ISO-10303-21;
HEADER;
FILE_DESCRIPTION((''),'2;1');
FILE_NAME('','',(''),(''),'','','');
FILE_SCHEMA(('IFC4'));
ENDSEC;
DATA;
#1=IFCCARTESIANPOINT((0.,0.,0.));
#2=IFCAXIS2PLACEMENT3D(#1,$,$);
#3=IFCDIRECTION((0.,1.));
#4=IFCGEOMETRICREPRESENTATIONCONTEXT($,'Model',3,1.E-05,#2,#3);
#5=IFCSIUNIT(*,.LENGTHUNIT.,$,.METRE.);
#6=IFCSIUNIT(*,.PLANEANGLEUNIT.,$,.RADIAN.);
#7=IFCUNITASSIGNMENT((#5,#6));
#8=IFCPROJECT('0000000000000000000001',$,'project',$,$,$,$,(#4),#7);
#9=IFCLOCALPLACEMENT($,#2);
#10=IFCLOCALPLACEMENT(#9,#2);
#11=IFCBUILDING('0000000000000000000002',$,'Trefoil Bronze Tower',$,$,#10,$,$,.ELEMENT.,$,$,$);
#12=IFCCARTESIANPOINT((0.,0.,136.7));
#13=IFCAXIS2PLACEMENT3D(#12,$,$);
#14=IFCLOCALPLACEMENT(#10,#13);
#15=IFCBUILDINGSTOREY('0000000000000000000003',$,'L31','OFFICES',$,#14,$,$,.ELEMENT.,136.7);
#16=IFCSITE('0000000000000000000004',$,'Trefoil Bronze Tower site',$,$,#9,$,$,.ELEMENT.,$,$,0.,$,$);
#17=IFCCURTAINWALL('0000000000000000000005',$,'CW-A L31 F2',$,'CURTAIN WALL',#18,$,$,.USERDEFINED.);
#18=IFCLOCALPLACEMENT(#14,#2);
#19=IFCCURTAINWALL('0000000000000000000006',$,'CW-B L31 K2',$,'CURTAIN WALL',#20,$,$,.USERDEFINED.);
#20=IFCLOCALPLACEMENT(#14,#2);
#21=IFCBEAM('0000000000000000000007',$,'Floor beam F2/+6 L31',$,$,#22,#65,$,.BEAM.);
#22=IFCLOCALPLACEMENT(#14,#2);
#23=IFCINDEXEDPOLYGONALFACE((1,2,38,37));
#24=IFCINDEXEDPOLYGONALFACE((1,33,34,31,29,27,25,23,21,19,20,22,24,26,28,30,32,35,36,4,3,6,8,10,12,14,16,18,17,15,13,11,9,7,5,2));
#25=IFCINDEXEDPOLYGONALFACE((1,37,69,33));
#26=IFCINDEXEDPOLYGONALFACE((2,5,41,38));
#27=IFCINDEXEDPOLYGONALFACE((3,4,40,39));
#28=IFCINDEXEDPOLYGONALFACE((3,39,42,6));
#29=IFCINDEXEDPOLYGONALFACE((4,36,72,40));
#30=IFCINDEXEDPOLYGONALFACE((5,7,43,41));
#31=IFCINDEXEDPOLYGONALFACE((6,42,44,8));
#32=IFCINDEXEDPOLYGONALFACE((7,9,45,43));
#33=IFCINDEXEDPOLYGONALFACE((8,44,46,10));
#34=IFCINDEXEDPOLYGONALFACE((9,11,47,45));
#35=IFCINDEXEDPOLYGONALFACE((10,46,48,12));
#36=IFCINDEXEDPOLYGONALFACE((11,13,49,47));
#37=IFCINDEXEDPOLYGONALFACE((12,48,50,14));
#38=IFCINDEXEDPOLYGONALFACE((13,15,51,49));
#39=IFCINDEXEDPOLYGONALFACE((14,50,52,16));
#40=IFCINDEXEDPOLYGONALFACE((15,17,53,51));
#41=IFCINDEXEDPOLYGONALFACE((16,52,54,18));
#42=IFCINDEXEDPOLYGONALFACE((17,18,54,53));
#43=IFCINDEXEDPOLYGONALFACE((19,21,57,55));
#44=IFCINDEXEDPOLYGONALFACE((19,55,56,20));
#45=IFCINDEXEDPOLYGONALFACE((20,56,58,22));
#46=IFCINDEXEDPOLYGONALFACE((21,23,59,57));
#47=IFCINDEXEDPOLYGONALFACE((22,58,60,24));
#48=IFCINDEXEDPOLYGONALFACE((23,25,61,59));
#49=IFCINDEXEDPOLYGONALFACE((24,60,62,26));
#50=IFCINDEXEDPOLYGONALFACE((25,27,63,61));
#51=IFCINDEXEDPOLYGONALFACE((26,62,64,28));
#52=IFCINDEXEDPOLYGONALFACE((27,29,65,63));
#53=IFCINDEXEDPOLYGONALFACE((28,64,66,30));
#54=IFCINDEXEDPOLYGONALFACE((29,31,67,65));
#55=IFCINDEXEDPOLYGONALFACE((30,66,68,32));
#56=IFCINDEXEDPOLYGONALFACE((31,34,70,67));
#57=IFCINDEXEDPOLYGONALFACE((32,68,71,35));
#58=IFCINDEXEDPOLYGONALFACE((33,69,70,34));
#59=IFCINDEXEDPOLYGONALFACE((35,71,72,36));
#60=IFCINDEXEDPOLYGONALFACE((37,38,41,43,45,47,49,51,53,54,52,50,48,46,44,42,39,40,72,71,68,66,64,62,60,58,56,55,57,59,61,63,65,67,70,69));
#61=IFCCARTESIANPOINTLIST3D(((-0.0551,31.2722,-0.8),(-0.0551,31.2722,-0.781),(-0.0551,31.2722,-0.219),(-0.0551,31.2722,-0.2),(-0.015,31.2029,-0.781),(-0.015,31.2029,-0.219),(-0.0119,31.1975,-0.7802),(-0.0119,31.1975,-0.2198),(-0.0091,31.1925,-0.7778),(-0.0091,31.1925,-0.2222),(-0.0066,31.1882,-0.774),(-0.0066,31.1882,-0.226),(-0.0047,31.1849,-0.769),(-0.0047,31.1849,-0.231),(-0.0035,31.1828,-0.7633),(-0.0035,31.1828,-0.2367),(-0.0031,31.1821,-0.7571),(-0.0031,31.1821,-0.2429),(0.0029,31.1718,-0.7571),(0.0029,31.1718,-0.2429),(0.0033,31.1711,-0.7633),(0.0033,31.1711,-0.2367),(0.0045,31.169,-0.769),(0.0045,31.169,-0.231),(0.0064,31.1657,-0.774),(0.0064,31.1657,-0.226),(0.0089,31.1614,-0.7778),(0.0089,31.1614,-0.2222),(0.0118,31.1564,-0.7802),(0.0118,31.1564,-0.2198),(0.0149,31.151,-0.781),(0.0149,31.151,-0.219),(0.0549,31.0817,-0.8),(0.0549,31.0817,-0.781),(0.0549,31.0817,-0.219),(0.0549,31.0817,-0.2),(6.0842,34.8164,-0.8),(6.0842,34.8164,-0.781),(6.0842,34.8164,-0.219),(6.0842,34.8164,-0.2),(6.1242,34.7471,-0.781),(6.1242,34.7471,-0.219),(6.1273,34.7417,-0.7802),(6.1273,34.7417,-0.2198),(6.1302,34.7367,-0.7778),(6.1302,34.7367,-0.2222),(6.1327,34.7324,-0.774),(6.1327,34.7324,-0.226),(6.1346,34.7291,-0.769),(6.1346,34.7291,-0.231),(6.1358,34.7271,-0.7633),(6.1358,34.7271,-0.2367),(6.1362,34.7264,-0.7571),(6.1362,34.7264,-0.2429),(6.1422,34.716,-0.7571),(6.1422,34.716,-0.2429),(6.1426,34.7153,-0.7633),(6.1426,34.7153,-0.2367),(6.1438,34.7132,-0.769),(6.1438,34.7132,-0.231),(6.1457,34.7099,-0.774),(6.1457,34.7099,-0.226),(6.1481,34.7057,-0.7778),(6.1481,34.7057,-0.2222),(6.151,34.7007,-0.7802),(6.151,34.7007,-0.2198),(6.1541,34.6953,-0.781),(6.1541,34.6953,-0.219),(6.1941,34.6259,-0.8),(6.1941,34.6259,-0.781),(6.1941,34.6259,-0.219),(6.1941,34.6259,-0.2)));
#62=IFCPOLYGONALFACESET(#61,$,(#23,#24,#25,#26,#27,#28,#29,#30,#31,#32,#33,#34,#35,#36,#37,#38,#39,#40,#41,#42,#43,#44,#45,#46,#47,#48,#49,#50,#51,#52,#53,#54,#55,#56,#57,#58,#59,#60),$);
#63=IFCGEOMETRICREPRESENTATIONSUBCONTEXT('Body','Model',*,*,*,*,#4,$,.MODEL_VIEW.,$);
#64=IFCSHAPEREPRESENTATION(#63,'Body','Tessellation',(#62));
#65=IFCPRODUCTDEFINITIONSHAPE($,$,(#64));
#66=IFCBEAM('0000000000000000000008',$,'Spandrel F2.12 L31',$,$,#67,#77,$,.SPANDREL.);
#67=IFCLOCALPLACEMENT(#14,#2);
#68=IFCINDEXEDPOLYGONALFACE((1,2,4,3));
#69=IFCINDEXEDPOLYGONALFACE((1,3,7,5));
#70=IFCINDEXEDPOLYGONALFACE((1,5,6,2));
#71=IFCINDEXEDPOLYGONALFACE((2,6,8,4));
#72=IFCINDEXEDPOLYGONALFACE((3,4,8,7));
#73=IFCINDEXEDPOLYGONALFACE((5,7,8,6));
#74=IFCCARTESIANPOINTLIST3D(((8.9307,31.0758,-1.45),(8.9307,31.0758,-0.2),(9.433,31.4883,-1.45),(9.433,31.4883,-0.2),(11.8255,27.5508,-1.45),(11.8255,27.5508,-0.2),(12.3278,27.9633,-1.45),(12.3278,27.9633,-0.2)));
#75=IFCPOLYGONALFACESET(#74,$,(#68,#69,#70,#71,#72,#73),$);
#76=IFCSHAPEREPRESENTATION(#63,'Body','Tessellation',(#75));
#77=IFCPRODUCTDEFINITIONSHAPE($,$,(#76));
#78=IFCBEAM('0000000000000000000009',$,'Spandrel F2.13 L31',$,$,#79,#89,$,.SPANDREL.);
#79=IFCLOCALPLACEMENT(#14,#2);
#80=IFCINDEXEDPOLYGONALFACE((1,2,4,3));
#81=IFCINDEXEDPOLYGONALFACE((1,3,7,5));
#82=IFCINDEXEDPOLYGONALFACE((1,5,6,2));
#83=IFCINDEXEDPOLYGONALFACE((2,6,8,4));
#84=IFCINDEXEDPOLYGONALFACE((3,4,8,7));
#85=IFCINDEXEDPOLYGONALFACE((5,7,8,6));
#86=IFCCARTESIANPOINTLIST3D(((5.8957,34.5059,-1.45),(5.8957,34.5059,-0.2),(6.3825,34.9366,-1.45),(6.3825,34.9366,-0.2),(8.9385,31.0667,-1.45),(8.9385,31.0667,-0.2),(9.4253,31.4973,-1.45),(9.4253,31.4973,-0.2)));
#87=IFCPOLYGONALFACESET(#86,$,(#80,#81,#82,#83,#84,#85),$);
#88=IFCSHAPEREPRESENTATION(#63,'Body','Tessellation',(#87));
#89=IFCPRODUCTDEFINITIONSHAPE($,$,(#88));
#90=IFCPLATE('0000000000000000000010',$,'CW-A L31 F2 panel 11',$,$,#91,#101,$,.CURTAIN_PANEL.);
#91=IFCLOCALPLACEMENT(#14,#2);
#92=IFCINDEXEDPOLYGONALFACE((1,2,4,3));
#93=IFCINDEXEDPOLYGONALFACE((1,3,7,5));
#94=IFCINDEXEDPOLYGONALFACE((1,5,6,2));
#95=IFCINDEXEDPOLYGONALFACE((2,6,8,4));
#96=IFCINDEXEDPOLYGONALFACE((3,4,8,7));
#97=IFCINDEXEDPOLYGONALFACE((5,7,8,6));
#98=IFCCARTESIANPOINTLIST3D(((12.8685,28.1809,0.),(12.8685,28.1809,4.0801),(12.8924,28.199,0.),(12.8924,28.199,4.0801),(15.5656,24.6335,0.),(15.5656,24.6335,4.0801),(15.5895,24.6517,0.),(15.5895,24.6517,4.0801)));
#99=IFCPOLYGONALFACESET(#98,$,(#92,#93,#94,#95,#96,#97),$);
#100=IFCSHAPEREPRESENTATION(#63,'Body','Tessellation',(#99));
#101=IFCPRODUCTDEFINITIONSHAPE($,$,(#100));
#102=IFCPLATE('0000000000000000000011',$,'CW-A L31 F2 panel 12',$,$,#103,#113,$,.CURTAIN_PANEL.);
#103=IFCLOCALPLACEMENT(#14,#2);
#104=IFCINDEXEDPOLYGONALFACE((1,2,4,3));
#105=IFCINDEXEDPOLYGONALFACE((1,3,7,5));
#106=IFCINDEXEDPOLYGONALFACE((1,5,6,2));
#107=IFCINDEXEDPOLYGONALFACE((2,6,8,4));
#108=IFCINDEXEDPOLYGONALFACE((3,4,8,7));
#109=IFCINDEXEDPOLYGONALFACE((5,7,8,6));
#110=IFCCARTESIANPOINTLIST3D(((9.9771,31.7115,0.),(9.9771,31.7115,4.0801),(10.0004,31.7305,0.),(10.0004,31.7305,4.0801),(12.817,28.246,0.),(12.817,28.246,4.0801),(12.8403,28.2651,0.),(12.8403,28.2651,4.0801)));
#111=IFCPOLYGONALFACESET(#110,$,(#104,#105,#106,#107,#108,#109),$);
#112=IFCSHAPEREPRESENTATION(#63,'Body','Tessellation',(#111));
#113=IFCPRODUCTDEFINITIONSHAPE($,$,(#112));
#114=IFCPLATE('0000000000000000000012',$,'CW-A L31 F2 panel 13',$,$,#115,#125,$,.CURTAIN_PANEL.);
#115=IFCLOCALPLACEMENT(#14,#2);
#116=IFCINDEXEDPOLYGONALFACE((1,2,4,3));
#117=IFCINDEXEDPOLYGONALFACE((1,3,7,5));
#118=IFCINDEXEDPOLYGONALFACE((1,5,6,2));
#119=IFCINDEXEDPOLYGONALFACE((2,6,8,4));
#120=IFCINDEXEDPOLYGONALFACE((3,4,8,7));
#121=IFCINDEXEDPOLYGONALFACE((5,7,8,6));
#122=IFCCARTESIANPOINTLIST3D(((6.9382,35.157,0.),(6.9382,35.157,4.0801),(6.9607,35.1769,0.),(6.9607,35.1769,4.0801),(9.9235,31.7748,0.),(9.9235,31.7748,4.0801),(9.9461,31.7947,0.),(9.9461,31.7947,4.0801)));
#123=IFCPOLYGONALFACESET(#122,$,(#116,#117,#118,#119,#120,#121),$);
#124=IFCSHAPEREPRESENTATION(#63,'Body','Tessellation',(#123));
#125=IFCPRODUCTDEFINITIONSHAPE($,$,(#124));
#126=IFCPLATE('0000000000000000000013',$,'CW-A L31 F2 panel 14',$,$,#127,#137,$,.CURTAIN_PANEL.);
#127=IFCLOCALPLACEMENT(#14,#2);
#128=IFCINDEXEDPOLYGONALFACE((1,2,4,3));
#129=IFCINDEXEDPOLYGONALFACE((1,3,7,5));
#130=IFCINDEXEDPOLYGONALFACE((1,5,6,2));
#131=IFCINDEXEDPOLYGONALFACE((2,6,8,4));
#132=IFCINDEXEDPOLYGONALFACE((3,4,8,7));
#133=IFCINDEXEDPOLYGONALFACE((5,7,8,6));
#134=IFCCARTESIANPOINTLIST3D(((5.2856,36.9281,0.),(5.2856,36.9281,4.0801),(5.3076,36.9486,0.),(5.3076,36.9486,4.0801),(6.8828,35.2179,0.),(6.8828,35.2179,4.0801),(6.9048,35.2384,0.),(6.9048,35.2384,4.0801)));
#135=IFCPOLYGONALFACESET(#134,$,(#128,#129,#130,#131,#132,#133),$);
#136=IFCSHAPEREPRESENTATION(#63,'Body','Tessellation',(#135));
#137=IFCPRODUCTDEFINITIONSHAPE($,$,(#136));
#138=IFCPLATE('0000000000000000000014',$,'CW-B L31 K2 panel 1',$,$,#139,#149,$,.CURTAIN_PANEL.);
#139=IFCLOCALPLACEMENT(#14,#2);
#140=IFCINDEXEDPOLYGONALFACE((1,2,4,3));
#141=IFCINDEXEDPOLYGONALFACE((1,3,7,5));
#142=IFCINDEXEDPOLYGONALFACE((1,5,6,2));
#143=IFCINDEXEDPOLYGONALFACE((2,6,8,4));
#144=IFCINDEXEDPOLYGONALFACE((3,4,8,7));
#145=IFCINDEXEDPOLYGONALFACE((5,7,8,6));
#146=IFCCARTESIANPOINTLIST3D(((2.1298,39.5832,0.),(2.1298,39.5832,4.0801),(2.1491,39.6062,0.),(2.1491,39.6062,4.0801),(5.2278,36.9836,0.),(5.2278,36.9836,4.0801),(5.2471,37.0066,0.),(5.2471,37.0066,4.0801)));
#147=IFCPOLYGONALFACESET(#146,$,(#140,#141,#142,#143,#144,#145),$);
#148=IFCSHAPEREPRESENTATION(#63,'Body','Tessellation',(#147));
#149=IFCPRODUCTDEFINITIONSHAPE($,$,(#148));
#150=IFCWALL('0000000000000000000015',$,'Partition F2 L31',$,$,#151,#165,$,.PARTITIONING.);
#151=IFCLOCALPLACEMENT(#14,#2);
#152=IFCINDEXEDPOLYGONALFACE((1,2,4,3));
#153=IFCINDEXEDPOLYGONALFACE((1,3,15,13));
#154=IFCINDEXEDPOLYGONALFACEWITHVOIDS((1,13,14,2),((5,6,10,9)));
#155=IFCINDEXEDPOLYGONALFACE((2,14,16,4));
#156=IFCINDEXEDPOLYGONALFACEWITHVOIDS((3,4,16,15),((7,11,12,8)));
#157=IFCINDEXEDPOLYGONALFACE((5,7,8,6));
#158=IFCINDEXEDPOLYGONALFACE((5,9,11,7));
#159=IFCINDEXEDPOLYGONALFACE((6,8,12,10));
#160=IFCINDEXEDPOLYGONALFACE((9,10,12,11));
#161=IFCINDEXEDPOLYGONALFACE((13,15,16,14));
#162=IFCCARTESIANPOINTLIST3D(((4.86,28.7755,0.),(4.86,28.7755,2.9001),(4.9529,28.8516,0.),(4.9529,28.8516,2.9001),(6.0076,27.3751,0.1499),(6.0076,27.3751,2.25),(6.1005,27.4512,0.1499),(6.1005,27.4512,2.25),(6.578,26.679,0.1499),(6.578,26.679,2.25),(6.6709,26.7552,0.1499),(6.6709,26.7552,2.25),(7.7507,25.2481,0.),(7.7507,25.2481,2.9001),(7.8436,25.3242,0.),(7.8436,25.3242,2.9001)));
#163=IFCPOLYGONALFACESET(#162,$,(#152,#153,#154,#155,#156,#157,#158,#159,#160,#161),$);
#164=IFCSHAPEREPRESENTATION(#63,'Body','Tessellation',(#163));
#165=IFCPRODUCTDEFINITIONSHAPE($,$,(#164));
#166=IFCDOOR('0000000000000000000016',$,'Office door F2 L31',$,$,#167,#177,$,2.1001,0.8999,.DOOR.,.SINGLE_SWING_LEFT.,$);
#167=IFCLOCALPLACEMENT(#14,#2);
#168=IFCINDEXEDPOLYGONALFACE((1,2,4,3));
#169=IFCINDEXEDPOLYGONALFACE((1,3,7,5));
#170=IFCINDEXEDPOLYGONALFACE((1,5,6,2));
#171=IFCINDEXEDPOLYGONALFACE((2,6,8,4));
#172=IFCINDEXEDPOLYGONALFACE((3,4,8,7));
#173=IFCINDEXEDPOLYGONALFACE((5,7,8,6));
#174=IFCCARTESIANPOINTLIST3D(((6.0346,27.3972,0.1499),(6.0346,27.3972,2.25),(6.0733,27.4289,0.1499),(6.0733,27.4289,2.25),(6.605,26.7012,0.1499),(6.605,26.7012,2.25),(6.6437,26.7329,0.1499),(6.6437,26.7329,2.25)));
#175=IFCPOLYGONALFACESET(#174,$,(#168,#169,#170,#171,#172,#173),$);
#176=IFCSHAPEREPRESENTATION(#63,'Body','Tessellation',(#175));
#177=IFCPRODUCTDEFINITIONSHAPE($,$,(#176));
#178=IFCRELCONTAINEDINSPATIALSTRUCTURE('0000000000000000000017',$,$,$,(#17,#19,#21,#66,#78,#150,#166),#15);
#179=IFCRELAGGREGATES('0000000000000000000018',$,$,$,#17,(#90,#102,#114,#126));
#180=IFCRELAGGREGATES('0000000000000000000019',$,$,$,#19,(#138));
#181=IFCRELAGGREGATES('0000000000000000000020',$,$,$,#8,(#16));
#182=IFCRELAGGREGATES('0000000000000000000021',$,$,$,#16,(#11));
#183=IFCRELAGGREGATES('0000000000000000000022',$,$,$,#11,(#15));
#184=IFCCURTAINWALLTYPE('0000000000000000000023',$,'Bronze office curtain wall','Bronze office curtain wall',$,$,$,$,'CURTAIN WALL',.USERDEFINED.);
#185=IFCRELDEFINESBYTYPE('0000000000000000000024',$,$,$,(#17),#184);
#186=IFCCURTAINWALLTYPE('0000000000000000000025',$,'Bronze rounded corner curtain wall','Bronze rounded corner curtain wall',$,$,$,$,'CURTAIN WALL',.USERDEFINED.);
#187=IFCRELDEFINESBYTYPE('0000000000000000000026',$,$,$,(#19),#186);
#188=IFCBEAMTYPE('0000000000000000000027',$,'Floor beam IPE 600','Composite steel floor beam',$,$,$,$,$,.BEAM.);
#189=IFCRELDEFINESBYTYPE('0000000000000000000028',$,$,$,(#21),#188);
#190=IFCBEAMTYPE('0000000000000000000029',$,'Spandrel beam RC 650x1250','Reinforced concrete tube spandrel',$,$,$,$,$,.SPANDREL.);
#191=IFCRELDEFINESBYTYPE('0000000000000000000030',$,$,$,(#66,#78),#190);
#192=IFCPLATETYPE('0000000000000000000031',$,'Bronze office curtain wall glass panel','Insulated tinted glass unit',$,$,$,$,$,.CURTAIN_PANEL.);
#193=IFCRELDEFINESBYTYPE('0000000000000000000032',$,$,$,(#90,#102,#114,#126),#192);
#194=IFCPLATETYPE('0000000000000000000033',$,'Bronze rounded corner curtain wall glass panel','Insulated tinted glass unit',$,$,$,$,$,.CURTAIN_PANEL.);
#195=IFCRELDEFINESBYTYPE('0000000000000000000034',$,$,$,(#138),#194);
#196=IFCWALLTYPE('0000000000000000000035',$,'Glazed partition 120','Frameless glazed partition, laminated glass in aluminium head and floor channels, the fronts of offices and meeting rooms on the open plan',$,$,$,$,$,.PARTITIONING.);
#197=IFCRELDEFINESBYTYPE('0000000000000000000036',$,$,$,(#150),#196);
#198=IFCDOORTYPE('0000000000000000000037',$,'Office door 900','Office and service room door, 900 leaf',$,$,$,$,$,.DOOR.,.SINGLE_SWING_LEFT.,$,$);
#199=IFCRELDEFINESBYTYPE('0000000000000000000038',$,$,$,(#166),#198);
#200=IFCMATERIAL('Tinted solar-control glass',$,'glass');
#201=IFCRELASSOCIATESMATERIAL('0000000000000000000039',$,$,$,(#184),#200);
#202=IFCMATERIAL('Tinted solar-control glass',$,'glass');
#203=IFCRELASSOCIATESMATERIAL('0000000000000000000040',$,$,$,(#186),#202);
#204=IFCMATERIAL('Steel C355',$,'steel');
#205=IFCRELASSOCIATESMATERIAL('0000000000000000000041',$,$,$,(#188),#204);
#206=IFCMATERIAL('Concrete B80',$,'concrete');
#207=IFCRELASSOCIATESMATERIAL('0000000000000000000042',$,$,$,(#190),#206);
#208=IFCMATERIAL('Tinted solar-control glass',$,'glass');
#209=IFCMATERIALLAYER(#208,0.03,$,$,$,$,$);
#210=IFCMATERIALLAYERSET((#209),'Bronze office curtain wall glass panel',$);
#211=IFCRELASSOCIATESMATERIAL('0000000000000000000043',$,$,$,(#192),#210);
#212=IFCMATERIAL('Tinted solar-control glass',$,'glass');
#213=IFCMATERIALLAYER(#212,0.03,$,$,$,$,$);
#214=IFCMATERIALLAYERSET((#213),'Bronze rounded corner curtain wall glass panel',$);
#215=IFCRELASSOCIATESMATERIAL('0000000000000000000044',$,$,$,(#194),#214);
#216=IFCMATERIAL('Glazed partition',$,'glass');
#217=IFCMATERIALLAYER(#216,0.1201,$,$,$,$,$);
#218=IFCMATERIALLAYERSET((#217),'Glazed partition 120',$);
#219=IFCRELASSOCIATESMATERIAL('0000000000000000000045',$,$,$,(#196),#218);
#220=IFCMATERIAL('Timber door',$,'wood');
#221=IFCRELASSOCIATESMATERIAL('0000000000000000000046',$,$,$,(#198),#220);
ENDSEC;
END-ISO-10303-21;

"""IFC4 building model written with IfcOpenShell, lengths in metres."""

from ifc_helpers import new_model, si_unit, direction, frame, frame_2d, origin, origin_2d, place, context, subcontext, project, spatial, rectangle, i_section, extrude, material, layer, layer_set, material_profile, profile_set, type_object, element, fill, aggregate, save


model = new_model("IFC4")

# Units and contexts
model_context = context("Model", 3, precision=1e-05, world=origin(), true_north=direction((0.0, 1.0)))
body_context = subcontext(model_context, "Body", "Model", "MODEL_VIEW")
ifc_project = project(units=[si_unit("LENGTHUNIT", "METRE"), si_unit("PLANEANGLEUNIT", "RADIAN")], contexts=[model_context])

# Site, building, storey
site_placement = place(None, origin())
site = spatial("IfcSite", under=ifc_project, at=site_placement, Name="Trefoil Bronze Tower site", CompositionType="ELEMENT", RefElevation=0.0)
building_placement = place(site_placement, origin())
building = spatial("IfcBuilding", under=site, at=building_placement, Name="Trefoil Bronze Tower", CompositionType="ELEMENT")
storey_placement = place(building_placement, frame((0.0, 0.0, 136.7)))
storey = spatial("IfcBuildingStorey", under=building, at=storey_placement, Name="L31", Description="OFFICES", CompositionType="ELEMENT", Elevation=136.7)

# Curtain walls
ifc_material_1 = material(Name="Tinted solar-control glass", Category="glass")
curtain_wall_type_1 = type_object("IfcCurtainWallType", Name="Bronze office curtain wall", Description="Bronze office curtain wall", ElementType="CURTAIN WALL", PredefinedType="USERDEFINED", material=ifc_material_1)
curtain_wall_1_placement = place(storey_placement, origin())
curtain_wall_1 = element("IfcCurtainWall", 1, at=curtain_wall_1_placement, inside=storey, type_object=curtain_wall_type_1, Name="CW-A L31 F2", ObjectType="CURTAIN WALL", PredefinedType="USERDEFINED")
ifc_material_2 = material(Name="Tinted solar-control glass", Category="glass")
curtain_wall_type_2 = type_object("IfcCurtainWallType", Name="Bronze rounded corner curtain wall", Description="Bronze rounded corner curtain wall", ElementType="CURTAIN WALL", PredefinedType="USERDEFINED", material=ifc_material_2)
curtain_wall_2_placement = place(storey_placement, origin())
curtain_wall_2 = element("IfcCurtainWall", 2, at=curtain_wall_2_placement, inside=storey, type_object=curtain_wall_type_2, Name="CW-B L31 K2", ObjectType="CURTAIN WALL", PredefinedType="USERDEFINED")

# Beams
ifc_material_3 = material(Name="Steel C355", Category="steel")
ifc_material_profile_1 = material_profile(ifc_material_3, i_section(OverallWidth=0.22, OverallDepth=0.6001, WebThickness=0.012, FlangeThickness=0.019, FilletRadius=0.0239, at=origin_2d()), Name="IPE 600")
ifc_profile_set_1 = profile_set([ifc_material_profile_1], Name="Steel C355")
beam_type_1 = type_object("IfcBeamType", Name="Floor beam IPE 600", Description="Composite steel floor beam", PredefinedType="BEAM", material=ifc_profile_set_1)
beam_1_placement = place(storey_placement, frame((6.1392, 34.7212, -0.5), z_axis=(-0.866041, -0.499973, 0.0), x_axis=(0.499973, -0.866041, 0.0)))
element("IfcBeam", 3, at=beam_1_placement, inside=storey, type_object=beam_type_1, Name="Floor beam F2/+6 L31", PredefinedType="BEAM", context=body_context, shape_type="SweptSolid", body=[
    extrude(i_section(OverallWidth=0.22, OverallDepth=0.6001, WebThickness=0.012, FlangeThickness=0.019, FilletRadius=0.0239, at=origin_2d()), origin(), (0.0, 0.0, 1.0), 7.0889),
])
ifc_material_4 = material(Name="Concrete B80", Category="concrete")
ifc_material_profile_2 = material_profile(ifc_material_4, rectangle(XDim=0.6499, YDim=1.25, at=origin_2d()), Name="RC 650x1250")
ifc_profile_set_2 = profile_set([ifc_material_profile_2], Name="Concrete B80")
beam_type_2 = type_object("IfcBeamType", Name="Spandrel beam RC 650x1250", Description="Reinforced concrete tube spandrel", PredefinedType="SPANDREL", material=ifc_profile_set_2)
beam_2_placement = place(storey_placement, frame((12.0767, 27.7571, -0.825), z_axis=(-0.63465, 0.772799, 0.0), x_axis=(-0.772799, -0.63465, 0.0)))
element("IfcBeam", 4, at=beam_2_placement, inside=storey, type_object=beam_type_2, Name="Spandrel F2.12 L31", PredefinedType="SPANDREL", context=body_context, shape_type="SweptSolid", body=[
    extrude(rectangle(XDim=0.6499, YDim=1.25, at=origin_2d()), origin(), (0.0, 0.0, 1.0), 4.5613),
])
beam_3_placement = place(storey_placement, frame((9.1819, 31.282, -0.825), z_axis=(-0.662616, 0.748959, 0.0), x_axis=(-0.748959, -0.662616, 0.0)))
element("IfcBeam", 5, at=beam_3_placement, inside=storey, type_object=beam_type_2, Name="Spandrel F2.13 L31", PredefinedType="SPANDREL", context=body_context, shape_type="SweptSolid", body=[
    extrude(rectangle(XDim=0.6499, YDim=1.25, at=origin_2d()), origin(), (0.0, 0.0, 1.0), 4.592),
])

# Plates
ifc_material_5 = material(Name="Tinted solar-control glass", Category="glass")
ifc_layer_1 = layer(ifc_material_5, 0.03)
ifc_layer_set_1 = layer_set([ifc_layer_1], Name="Bronze office curtain wall glass panel")
plate_type_1 = type_object("IfcPlateType", Name="Bronze office curtain wall glass panel", Description="Insulated tinted glass unit", PredefinedType="CURTAIN_PANEL", material=ifc_layer_set_1)
plate_1_placement = place(storey_placement, frame((14.229, 26.4163, 0.0), z_axis=(0.0, 0.0, 1.0), x_axis=(-0.605252, 0.796034, 0.0)))
plate_1 = element("IfcPlate", 6, at=plate_1_placement, type_object=plate_type_1, Name="CW-A L31 F2 panel 11", PredefinedType="CURTAIN_PANEL", context=body_context, shape_type="SweptSolid", body=[
    extrude(rectangle(XDim=4.4563, YDim=0.03, at=origin_2d()), origin(), (0.0, 0.0, 1.0), 4.0801),
])
plate_2_placement = place(storey_placement, frame((11.4087, 29.9883, 0.0), z_axis=(0.0, 0.0, 1.0), x_axis=(-0.63384, 0.773464, 0.0)))
plate_2 = element("IfcPlate", 7, at=plate_2_placement, type_object=plate_type_1, Name="CW-A L31 F2 panel 12", PredefinedType="CURTAIN_PANEL", context=body_context, shape_type="SweptSolid", body=[
    extrude(rectangle(XDim=4.4805, YDim=0.03, at=origin_2d()), origin(), (0.0, 0.0, 1.0), 4.0801),
])
plate_3_placement = place(storey_placement, frame((8.4421, 33.4758, 0.0), z_axis=(0.0, 0.0, 1.0), x_axis=(-0.661751, 0.749723, 0.0)))
plate_3 = element("IfcPlate", 8, at=plate_3_placement, type_object=plate_type_1, Name="CW-A L31 F2 panel 13", PredefinedType="CURTAIN_PANEL", context=body_context, shape_type="SweptSolid", body=[
    extrude(rectangle(XDim=4.5112, YDim=0.03, at=origin_2d()), origin(), (0.0, 0.0, 1.0), 4.0801),
])
plate_4_placement = place(storey_placement, frame((6.0952, 36.0833, 0.0), z_axis=(0.0, 0.0, 1.0), x_axis=(-0.682536, 0.730852, 0.0)))
plate_4 = element("IfcPlate", 9, at=plate_4_placement, type_object=plate_type_1, Name="CW-A L31 F2 panel 14", PredefinedType="CURTAIN_PANEL", context=body_context, shape_type="SweptSolid", body=[
    extrude(rectangle(XDim=2.3401, YDim=0.03, at=origin_2d()), origin(), (0.0, 0.0, 1.0), 4.0801),
])
aggregate(curtain_wall_1, [plate_1, plate_2, plate_3, plate_4])
ifc_material_6 = material(Name="Tinted solar-control glass", Category="glass")
ifc_layer_2 = layer(ifc_material_6, 0.03)
ifc_layer_set_2 = layer_set([ifc_layer_2], Name="Bronze rounded corner curtain wall glass panel")
plate_type_2 = type_object("IfcPlateType", Name="Bronze rounded corner curtain wall glass panel", Description="Insulated tinted glass unit", PredefinedType="CURTAIN_PANEL", material=ifc_layer_set_2)
plate_5_placement = place(storey_placement, frame((3.6885, 38.2949, 0.0), z_axis=(0.0, 0.0, 1.0), x_axis=(-0.766044, 0.642788, 0.0)))
plate_5 = element("IfcPlate", 10, at=plate_5_placement, type_object=plate_type_2, Name="CW-B L31 K2 panel 1", PredefinedType="CURTAIN_PANEL", context=body_context, shape_type="SweptSolid", body=[
    extrude(rectangle(XDim=4.0442, YDim=0.03, at=origin_2d()), origin(), (0.0, 0.0, 1.0), 4.0801),
])
aggregate(curtain_wall_2, [plate_5])

# Wall, opening, door
ifc_material_7 = material(Name="Glazed partition", Category="glass")
ifc_layer_3 = layer(ifc_material_7, 0.1201)
ifc_layer_set_3 = layer_set([ifc_layer_3], Name="Glazed partition 120")
wall_type_1 = type_object("IfcWallType", Name="Glazed partition 120", Description="Frameless glazed partition, laminated glass in aluminium head and floor channels, the fronts of offices and meeting rooms on the open plan", PredefinedType="PARTITIONING", material=ifc_layer_set_3)
wall_1_placement = place(storey_placement, frame((7.7971, 25.2861, 0.0), z_axis=(0.0, 0.0, 1.0), x_axis=(-0.633844, 0.773461, 0.0)))
wall_1 = element("IfcWall", 11, at=wall_1_placement, inside=storey, type_object=wall_type_1, Name="Partition F2 L31", PredefinedType="PARTITIONING", context=body_context, shape_type="SweptSolid", body=[
    extrude(rectangle(XDim=4.5605, YDim=0.1201, at=frame_2d((2.2803, 0.0))), origin(), (0.0, 0.0, 1.0), 2.9001),
])
opening_placement = place(wall_1_placement, frame((1.8501, 0.0, 0.1499)))
opening = element("IfcOpeningElement", 12, at=opening_placement, cuts=wall_1, PredefinedType="OPENING", context=body_context, shape_type="SweptSolid", body=[
    extrude(rectangle(XDim=0.8999, YDim=2.1001, at=frame_2d((0.45, 1.05))), frame((0.0, 0.0701, 0.0), z_axis=(0.0, -1.0, 0.0), x_axis=(1.0, 0.0, 0.0)), (0.0, 0.0, 1.0), 0.1401),
])
ifc_material_8 = material(Name="Timber door", Category="wood")
door_type = type_object("IfcDoorType", Name="Office door 900", Description="Office and service room door, 900 leaf", OperationType="SINGLE_SWING_LEFT", PredefinedType="DOOR", material=ifc_material_8)
door_placement = place(opening_placement, frame((0.8999, 0.0, 0.0), z_axis=(0.0, 0.0, 1.0), x_axis=(-1.0, 0.0, 0.0)))
door = element("IfcDoor", 13, at=door_placement, inside=storey, type_object=door_type, Name="Office door F2 L31", OperationType="SINGLE_SWING_LEFT", OverallHeight=2.1001, OverallWidth=0.8999, PredefinedType="DOOR", context=body_context, shape_type="SweptSolid", body=[
    extrude(rectangle(XDim=0.8999, YDim=2.1001, at=frame_2d((0.45, 1.05))), frame((0.0, 0.0249, 0.0), z_axis=(0.0, -1.0, 0.0), x_axis=(1.0, 0.0, 0.0)), (0.0, 0.0, 1.0), 0.05),
])
fill(opening, door)

save(model, "model.ifc")
